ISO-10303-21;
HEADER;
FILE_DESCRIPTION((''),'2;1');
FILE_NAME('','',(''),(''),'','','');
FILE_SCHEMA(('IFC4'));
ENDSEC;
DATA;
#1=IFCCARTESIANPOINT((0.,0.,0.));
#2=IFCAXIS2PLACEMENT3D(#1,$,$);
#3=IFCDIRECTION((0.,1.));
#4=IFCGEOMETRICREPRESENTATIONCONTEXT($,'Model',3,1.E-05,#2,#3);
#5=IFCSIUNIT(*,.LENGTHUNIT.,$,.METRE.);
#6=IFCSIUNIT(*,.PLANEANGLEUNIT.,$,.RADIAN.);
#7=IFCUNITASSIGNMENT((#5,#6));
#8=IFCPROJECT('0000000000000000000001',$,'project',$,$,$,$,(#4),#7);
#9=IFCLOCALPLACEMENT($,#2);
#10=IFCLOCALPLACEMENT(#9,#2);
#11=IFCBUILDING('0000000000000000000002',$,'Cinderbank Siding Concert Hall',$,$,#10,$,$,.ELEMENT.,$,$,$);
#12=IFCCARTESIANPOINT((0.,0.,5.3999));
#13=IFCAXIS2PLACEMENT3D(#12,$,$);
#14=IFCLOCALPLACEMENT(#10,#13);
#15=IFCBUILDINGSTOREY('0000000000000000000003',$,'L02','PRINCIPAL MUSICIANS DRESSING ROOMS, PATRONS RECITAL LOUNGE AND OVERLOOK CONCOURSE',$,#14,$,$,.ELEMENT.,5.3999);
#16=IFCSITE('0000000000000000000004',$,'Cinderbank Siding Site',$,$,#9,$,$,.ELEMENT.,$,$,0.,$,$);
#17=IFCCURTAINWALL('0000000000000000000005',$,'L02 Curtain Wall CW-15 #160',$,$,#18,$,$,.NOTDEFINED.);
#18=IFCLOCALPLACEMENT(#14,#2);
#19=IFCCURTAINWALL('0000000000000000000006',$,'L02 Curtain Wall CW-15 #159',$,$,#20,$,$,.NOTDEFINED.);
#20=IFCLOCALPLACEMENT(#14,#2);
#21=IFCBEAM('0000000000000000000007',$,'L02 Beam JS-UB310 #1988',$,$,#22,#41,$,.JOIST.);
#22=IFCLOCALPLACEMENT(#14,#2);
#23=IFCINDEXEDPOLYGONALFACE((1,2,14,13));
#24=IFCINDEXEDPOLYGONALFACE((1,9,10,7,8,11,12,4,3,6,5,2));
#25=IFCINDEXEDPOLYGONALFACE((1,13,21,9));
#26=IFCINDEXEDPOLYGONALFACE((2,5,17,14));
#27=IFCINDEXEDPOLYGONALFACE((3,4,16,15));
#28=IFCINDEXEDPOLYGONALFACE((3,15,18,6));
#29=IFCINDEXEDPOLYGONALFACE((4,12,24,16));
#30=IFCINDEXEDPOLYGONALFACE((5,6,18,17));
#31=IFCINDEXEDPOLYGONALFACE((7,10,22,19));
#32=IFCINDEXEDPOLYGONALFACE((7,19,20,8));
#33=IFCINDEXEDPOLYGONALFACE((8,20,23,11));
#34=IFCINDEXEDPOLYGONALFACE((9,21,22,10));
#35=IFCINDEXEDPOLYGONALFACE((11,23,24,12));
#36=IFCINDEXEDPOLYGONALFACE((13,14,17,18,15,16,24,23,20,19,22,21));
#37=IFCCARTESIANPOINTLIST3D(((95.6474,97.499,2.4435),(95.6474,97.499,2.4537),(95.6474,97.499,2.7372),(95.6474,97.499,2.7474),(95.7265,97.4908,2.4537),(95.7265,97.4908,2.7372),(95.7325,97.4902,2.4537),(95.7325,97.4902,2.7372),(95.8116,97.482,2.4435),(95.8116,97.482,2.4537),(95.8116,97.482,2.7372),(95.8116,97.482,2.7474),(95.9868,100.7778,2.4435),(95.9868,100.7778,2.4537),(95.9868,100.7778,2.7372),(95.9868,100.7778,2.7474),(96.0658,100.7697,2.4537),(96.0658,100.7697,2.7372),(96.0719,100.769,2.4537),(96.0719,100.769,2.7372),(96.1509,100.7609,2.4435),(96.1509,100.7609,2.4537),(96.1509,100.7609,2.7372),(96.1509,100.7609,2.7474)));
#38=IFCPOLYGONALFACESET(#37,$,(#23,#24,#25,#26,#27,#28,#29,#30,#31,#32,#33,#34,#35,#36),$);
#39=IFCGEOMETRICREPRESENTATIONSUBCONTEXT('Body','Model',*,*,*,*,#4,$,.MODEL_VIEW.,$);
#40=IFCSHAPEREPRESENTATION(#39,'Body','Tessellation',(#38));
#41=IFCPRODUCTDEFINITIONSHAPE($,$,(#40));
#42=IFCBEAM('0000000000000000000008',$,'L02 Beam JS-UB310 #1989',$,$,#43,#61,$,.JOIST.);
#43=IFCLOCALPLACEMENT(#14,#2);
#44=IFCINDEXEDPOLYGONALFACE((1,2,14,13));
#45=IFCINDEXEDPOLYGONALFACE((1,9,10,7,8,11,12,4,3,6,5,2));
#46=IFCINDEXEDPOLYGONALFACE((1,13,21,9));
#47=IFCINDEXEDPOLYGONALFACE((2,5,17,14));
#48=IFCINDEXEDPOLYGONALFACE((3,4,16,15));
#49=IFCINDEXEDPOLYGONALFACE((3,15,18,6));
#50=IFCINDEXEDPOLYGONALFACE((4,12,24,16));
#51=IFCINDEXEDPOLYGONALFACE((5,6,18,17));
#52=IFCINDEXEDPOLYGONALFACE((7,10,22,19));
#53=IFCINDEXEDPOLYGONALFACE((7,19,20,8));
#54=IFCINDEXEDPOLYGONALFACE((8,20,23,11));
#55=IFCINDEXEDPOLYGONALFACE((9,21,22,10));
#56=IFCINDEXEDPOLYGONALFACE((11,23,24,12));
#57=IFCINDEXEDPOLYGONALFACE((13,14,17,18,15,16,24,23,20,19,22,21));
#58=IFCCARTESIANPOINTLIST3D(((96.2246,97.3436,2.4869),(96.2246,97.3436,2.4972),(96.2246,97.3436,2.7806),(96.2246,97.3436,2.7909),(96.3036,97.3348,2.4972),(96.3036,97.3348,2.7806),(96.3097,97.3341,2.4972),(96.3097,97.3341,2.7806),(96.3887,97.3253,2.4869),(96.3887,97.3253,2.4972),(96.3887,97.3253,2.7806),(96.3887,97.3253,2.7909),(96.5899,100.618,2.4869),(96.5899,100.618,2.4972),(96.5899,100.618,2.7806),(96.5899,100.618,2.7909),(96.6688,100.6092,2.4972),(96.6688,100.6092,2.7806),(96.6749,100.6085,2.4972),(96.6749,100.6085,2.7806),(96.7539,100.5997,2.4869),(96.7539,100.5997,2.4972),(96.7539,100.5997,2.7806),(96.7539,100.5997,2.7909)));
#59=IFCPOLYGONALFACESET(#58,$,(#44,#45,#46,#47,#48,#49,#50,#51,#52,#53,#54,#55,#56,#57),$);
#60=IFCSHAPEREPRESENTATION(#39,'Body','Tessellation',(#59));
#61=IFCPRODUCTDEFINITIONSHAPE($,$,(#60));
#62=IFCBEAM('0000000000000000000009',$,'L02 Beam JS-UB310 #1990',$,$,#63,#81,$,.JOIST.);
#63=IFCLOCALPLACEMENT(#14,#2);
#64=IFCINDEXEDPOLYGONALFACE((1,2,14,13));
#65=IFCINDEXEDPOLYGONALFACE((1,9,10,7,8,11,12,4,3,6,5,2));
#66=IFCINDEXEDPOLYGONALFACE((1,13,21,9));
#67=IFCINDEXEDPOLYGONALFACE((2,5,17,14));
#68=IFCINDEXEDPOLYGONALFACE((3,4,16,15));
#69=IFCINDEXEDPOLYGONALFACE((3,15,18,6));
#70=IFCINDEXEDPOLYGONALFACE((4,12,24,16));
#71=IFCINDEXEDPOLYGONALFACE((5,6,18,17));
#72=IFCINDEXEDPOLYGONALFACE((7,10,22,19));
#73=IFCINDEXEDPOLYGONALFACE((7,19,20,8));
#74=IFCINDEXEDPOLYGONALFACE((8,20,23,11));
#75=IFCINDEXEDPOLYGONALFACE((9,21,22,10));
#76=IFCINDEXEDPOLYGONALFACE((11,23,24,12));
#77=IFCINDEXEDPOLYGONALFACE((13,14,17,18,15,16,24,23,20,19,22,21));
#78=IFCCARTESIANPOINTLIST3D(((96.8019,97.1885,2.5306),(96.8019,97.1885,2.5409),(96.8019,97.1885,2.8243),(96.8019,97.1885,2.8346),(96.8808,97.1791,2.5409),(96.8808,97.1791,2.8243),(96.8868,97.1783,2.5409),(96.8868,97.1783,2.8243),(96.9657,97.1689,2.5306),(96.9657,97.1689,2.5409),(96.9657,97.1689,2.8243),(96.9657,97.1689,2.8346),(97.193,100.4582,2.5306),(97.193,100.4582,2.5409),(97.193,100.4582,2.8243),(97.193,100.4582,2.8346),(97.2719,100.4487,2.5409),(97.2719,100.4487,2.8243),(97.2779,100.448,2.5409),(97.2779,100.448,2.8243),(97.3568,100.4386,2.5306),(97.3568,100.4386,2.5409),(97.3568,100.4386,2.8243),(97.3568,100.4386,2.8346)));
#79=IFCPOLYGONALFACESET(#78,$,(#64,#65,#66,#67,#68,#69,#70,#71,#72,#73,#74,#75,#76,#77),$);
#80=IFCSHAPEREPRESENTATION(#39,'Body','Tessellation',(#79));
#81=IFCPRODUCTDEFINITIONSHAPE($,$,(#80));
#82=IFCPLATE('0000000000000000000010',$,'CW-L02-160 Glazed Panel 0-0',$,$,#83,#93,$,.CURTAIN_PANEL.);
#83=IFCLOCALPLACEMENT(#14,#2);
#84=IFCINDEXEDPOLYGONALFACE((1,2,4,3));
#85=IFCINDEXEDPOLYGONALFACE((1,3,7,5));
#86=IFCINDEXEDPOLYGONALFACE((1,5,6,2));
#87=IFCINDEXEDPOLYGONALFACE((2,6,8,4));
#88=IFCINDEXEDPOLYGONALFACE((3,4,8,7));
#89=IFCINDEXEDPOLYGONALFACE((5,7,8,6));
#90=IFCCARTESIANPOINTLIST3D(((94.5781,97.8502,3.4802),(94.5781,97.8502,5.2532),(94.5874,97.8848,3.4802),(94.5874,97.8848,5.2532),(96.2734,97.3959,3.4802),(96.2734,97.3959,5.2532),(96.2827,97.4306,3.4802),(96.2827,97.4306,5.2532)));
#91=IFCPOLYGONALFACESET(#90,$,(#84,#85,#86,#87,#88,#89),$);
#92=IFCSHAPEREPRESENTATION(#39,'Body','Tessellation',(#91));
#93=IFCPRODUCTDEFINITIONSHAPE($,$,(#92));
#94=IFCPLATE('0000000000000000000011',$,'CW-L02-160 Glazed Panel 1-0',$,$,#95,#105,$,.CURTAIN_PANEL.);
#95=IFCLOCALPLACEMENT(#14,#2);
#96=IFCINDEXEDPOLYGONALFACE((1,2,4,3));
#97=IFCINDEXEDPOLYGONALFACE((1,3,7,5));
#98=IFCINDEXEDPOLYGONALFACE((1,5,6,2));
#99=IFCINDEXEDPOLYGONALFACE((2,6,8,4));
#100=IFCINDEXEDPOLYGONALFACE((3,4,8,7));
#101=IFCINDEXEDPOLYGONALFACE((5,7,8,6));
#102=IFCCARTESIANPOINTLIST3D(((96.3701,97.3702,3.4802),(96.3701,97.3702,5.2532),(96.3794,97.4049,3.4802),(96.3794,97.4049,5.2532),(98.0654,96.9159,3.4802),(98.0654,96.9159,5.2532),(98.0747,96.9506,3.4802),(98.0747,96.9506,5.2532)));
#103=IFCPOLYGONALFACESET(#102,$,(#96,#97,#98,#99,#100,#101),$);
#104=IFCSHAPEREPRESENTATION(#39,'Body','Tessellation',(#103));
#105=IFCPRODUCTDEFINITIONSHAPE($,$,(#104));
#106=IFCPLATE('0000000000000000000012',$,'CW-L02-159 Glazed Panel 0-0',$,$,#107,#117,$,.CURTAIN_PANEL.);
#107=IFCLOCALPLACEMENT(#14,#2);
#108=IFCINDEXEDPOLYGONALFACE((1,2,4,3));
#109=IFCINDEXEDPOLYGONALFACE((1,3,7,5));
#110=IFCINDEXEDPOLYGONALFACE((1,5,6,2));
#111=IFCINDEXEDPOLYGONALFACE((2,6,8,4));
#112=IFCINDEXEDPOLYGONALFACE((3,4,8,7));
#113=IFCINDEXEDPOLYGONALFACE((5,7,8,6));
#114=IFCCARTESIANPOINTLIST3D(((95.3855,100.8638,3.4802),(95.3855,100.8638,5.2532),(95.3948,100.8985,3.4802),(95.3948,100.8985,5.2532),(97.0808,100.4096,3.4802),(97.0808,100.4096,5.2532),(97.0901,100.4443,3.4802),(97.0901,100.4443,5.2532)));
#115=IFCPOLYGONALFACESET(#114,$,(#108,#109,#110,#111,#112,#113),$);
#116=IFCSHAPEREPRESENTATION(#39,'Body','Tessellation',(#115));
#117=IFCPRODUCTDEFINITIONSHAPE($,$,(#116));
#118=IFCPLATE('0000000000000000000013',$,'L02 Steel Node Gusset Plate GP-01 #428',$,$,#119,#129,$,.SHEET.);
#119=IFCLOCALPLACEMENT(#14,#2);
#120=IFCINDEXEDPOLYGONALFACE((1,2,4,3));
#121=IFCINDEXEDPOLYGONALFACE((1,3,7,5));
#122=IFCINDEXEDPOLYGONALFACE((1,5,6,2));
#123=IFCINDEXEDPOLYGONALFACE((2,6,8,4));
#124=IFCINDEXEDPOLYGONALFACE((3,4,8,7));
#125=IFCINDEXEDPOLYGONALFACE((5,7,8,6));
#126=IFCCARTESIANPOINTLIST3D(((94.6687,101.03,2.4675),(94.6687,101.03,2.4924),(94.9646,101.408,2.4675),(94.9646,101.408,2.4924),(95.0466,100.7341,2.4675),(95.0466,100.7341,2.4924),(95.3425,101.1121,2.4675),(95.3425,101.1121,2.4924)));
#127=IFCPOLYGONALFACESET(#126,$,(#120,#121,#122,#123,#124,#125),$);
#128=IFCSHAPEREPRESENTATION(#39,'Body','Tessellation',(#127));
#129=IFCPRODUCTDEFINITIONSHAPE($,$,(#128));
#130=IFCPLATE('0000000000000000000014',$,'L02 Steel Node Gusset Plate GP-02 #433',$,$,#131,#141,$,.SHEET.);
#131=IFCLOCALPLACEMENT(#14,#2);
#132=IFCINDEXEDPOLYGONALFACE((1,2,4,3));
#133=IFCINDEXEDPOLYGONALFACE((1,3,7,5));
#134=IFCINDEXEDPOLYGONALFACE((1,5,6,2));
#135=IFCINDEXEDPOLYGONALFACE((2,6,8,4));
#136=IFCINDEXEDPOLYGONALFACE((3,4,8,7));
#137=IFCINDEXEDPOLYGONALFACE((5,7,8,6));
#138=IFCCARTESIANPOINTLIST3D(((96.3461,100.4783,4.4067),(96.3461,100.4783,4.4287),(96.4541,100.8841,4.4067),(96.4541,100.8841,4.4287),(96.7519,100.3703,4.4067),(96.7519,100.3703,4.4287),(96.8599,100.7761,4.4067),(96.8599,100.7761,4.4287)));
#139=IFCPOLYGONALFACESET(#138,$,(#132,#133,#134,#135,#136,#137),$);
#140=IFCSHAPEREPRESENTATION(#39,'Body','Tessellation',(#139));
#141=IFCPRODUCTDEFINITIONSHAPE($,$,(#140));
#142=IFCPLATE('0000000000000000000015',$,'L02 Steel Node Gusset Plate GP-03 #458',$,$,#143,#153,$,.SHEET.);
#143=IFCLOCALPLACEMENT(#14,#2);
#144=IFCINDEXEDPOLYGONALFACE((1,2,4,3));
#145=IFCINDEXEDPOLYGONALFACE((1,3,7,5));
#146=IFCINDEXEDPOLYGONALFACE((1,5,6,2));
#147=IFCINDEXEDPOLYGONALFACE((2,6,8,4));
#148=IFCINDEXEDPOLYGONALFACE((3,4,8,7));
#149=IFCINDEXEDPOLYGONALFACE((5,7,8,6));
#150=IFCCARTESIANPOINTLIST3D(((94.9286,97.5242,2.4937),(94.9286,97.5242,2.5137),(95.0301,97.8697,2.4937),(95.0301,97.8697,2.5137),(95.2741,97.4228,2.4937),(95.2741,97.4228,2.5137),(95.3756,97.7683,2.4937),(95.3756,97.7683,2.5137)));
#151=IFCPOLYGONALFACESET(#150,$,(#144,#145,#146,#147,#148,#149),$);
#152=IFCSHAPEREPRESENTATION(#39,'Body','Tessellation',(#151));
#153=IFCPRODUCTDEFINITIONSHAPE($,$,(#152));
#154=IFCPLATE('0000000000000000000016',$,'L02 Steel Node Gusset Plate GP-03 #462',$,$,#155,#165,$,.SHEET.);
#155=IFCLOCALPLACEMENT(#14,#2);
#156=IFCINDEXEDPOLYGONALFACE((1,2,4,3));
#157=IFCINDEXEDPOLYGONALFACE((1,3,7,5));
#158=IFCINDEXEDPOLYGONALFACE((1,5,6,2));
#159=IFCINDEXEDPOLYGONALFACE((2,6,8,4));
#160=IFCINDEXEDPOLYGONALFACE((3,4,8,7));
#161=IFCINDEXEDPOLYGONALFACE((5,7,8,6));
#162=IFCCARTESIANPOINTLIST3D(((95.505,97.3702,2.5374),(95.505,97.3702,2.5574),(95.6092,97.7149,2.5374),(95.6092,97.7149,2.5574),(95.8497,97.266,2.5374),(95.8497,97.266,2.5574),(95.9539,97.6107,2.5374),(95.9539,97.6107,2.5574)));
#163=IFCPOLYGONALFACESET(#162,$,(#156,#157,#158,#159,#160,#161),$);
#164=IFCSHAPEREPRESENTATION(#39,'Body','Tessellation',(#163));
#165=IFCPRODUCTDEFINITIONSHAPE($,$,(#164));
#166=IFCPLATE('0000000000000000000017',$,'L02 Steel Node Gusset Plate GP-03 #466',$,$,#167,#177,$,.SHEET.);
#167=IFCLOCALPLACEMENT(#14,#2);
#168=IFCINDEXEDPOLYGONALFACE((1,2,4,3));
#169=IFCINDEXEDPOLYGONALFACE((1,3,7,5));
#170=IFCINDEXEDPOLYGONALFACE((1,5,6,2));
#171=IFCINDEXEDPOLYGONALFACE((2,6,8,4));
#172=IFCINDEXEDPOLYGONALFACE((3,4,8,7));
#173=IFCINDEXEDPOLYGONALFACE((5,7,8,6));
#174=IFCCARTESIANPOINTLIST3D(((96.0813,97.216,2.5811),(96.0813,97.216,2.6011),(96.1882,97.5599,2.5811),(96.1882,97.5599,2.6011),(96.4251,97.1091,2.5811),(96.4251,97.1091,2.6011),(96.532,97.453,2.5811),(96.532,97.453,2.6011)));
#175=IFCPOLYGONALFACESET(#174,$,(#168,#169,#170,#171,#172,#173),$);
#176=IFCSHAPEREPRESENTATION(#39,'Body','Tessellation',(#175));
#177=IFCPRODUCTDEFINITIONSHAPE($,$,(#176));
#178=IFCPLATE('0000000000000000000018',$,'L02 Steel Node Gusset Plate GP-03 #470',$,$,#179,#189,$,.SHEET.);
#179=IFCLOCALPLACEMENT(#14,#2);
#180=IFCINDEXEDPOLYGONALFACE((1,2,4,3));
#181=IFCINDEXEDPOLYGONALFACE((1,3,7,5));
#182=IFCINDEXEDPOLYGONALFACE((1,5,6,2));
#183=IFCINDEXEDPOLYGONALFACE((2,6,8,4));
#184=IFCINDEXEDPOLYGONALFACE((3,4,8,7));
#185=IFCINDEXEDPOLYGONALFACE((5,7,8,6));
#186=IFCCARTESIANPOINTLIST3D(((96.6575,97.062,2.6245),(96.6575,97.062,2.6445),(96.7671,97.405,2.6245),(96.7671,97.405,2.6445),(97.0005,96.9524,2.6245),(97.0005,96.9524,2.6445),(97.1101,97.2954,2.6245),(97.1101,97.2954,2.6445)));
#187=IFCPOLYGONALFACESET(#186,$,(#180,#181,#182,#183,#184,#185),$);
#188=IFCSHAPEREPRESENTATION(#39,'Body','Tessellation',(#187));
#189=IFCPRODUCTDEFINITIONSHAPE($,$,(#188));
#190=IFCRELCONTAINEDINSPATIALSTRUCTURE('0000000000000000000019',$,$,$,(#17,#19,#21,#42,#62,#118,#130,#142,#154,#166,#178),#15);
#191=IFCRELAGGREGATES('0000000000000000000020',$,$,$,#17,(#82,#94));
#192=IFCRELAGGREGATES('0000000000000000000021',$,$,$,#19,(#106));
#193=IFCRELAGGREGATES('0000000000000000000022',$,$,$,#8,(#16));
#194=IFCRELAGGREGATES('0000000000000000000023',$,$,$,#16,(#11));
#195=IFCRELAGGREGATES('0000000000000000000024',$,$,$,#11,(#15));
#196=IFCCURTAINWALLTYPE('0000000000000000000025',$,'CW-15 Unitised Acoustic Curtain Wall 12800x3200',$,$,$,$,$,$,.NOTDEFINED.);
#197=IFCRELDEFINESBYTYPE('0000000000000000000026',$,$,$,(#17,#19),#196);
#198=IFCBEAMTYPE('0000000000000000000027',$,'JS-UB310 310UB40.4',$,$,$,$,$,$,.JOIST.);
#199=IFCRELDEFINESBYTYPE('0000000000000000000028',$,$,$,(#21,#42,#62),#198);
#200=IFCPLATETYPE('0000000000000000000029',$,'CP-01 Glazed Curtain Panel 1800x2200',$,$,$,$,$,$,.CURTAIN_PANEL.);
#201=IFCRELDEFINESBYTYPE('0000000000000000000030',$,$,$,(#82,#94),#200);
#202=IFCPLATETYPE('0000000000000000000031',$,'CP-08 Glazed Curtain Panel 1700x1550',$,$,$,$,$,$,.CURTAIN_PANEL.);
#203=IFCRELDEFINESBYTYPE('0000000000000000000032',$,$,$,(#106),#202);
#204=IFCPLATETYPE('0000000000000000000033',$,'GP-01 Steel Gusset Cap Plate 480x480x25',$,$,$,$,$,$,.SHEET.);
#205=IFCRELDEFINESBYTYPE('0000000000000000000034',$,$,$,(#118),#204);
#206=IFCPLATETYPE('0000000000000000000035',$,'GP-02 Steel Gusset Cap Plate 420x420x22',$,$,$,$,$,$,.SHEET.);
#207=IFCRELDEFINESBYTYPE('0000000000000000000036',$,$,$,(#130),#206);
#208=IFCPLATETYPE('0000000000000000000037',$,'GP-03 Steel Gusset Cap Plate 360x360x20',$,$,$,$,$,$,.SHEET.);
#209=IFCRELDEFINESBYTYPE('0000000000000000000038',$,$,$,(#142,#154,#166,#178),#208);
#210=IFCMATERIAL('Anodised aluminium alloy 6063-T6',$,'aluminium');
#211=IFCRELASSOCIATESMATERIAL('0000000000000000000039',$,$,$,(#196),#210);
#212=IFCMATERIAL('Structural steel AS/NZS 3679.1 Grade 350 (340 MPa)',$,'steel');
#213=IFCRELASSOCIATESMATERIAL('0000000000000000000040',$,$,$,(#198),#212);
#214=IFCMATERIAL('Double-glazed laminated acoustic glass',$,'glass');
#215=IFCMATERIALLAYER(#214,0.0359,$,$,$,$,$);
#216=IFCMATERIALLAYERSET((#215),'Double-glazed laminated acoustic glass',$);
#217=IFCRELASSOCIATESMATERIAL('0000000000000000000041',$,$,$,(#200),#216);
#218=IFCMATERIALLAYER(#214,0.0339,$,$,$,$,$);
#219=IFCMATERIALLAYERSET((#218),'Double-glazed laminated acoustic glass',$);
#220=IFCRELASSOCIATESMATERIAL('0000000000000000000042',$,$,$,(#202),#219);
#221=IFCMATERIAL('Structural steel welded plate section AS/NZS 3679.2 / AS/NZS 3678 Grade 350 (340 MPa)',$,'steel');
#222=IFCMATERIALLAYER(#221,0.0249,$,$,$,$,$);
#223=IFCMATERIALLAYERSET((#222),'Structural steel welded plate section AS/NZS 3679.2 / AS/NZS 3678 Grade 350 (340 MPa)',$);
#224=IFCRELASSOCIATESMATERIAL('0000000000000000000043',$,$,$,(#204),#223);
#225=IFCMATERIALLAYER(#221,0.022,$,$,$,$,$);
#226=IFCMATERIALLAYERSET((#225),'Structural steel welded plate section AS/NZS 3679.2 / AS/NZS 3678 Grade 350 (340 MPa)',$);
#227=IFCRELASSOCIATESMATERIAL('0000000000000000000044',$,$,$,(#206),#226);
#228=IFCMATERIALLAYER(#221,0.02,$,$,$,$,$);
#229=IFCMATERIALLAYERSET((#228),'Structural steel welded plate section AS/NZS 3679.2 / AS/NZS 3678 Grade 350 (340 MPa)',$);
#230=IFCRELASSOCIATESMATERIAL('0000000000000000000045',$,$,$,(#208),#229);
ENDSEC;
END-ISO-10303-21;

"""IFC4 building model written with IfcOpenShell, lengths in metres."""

from ifc_helpers import new_model, si_unit, direction, frame, origin, origin_2d, place, context, subcontext, project, spatial, rectangle, i_section, extrude, material, layer, layer_set, material_profile, profile_set, type_object, element, aggregate, save


model = new_model("IFC4")

# Units and contexts
model_context = context("Model", 3, precision=1e-05, world=origin(), true_north=direction((0.0, 1.0)))
body_context = subcontext(model_context, "Body", "Model", "MODEL_VIEW")
ifc_project = project(units=[si_unit("LENGTHUNIT", "METRE"), si_unit("PLANEANGLEUNIT", "RADIAN")], contexts=[model_context])

# Site, building, storey
site_placement = place(None, origin())
site = spatial("IfcSite", under=ifc_project, at=site_placement, Name="Cinderbank Siding Site", CompositionType="ELEMENT", RefElevation=0.0)
building_placement = place(site_placement, origin())
building = spatial("IfcBuilding", under=site, at=building_placement, Name="Cinderbank Siding Concert Hall", CompositionType="ELEMENT")
storey_placement = place(building_placement, frame((0.0, 0.0, 5.3999)))
storey = spatial("IfcBuildingStorey", under=building, at=storey_placement, Name="L02", Description="PRINCIPAL MUSICIANS DRESSING ROOMS, PATRONS RECITAL LOUNGE AND OVERLOOK CONCOURSE", CompositionType="ELEMENT", Elevation=5.3999)

# Shared definitions
ifc_material_1 = material(Name="Structural steel welded plate section AS/NZS 3679.2 / AS/NZS 3678 Grade 350 (340 MPa)", Category="steel")

# Curtain wall
ifc_material_2 = material(Name="Anodised aluminium alloy 6063-T6", Category="aluminium")
curtain_wall_type = type_object("IfcCurtainWallType", Name="CW-15 Unitised Acoustic Curtain Wall 12800x3200", PredefinedType="NOTDEFINED", material=ifc_material_2)
curtain_wall_1_placement = place(storey_placement, origin())
curtain_wall_1 = element("IfcCurtainWall", 1, at=curtain_wall_1_placement, inside=storey, type_object=curtain_wall_type, Name="L02 Curtain Wall CW-15 #160", PredefinedType="NOTDEFINED")

# Curtain wall
curtain_wall_2_placement = place(storey_placement, origin())
curtain_wall_2 = element("IfcCurtainWall", 2, at=curtain_wall_2_placement, inside=storey, type_object=curtain_wall_type, Name="L02 Curtain Wall CW-15 #159", PredefinedType="NOTDEFINED")

# Beams
ifc_material_3 = material(Name="Structural steel AS/NZS 3679.1 Grade 350 (340 MPa)", Category="steel")
ifc_material_profile_1 = material_profile(ifc_material_3, i_section(OverallWidth=0.165, OverallDepth=0.304, WebThickness=0.0061, FlangeThickness=0.0103, at=origin_2d()), Name="310UB40.4", Category="LoadBearing")
ifc_profile_set_1 = profile_set([ifc_material_profile_1], Name="Structural steel AS/NZS 3679.1 Grade 350 (340 MPa)")
beam_type_1 = type_object("IfcBeamType", Name="JS-UB310 310UB40.4", PredefinedType="JOIST", material=ifc_profile_set_1)
beam_1_placement = place(storey_placement, frame((95.7295, 97.4905, 2.5955), z_axis=(0.10295, 0.994687, 0.0), x_axis=(-0.994687, 0.10295, 0.0)))
element("IfcBeam", 3, at=beam_1_placement, inside=storey, type_object=beam_type_1, Name="L02 Beam JS-UB310 #1988", PredefinedType="JOIST", context=body_context, shape_type="SweptSolid", body=[
    extrude(i_section(OverallWidth=0.165, OverallDepth=0.304, WebThickness=0.0061, FlangeThickness=0.0103, at=origin_2d()), origin(), (0.0, 0.0, 1.0), 3.2964),
])
beam_2_placement = place(storey_placement, frame((96.3066, 97.3345, 2.6389), z_axis=(0.110854, 0.993837, 0.0), x_axis=(-0.993837, 0.110854, 0.0)))
element("IfcBeam", 4, at=beam_2_placement, inside=storey, type_object=beam_type_1, Name="L02 Beam JS-UB310 #1989", PredefinedType="JOIST", context=body_context, shape_type="SweptSolid", body=[
    extrude(i_section(OverallWidth=0.165, OverallDepth=0.304, WebThickness=0.0061, FlangeThickness=0.0103, at=origin_2d()), origin(), (0.0, 0.0, 1.0), 3.2947),
])
beam_3_placement = place(storey_placement, frame((96.8838, 97.1787, 2.6826), z_axis=(0.118768, 0.992922, 0.0), x_axis=(-0.992922, 0.118768, 0.0)))
element("IfcBeam", 5, at=beam_3_placement, inside=storey, type_object=beam_type_1, Name="L02 Beam JS-UB310 #1990", PredefinedType="JOIST", context=body_context, shape_type="SweptSolid", body=[
    extrude(i_section(OverallWidth=0.165, OverallDepth=0.304, WebThickness=0.0061, FlangeThickness=0.0103, at=origin_2d()), origin(), (0.0, 0.0, 1.0), 3.293),
])

# Plates
ifc_material_4 = material(Name="Double-glazed laminated acoustic glass", Category="glass")
ifc_layer_1 = layer(ifc_material_4, 0.0359)
ifc_layer_set_1 = layer_set([ifc_layer_1], Name="Double-glazed laminated acoustic glass")
plate_type_1 = type_object("IfcPlateType", Name="CP-01 Glazed Curtain Panel 1800x2200", PredefinedType="CURTAIN_PANEL", material=ifc_layer_set_1)
plate_1_placement = place(storey_placement, frame((95.4304, 97.6404, 3.4802), z_axis=(0.0, 0.0, 1.0), x_axis=(0.965926, -0.258818, 0.0)))
plate_1 = element("IfcPlate", 6, at=plate_1_placement, type_object=plate_type_1, Name="CW-L02-160 Glazed Panel 0-0", PredefinedType="CURTAIN_PANEL", context=body_context, shape_type="SweptSolid", body=[
    extrude(rectangle(XDim=1.7551, YDim=0.0359, at=origin_2d()), origin(), (0.0, 0.0, 1.0), 1.7729),
])
plate_2_placement = place(storey_placement, frame((97.2224, 97.1604, 3.4802), z_axis=(0.0, 0.0, 1.0), x_axis=(0.965926, -0.258818, 0.0)))
plate_2 = element("IfcPlate", 7, at=plate_2_placement, type_object=plate_type_1, Name="CW-L02-160 Glazed Panel 1-0", PredefinedType="CURTAIN_PANEL", context=body_context, shape_type="SweptSolid", body=[
    extrude(rectangle(XDim=1.7551, YDim=0.0359, at=origin_2d()), origin(), (0.0, 0.0, 1.0), 1.7729),
])
aggregate(curtain_wall_1, [plate_1, plate_2])
ifc_layer_2 = layer(ifc_material_4, 0.0339)
ifc_layer_set_2 = layer_set([ifc_layer_2], Name="Double-glazed laminated acoustic glass")
plate_type_2 = type_object("IfcPlateType", Name="CP-08 Glazed Curtain Panel 1700x1550", PredefinedType="CURTAIN_PANEL", material=ifc_layer_set_2)
plate_3_placement = place(storey_placement, frame((96.2378, 100.6541, 3.4802), z_axis=(0.0, 0.0, 1.0), x_axis=(0.965926, -0.258818, 0.0)))
plate_3 = element("IfcPlate", 8, at=plate_3_placement, type_object=plate_type_2, Name="CW-L02-159 Glazed Panel 0-0", PredefinedType="CURTAIN_PANEL", context=body_context, shape_type="SweptSolid", body=[
    extrude(rectangle(XDim=1.7551, YDim=0.0359, at=origin_2d()), origin(), (0.0, 0.0, 1.0), 1.7729),
])
aggregate(curtain_wall_2, [plate_3])

# Plates
ifc_layer_3 = layer(ifc_material_1, 0.0249)
ifc_layer_set_3 = layer_set([ifc_layer_3], Name="Structural steel welded plate section AS/NZS 3679.2 / AS/NZS 3678 Grade 350 (340 MPa)")
plate_type_3 = type_object("IfcPlateType", Name="GP-01 Steel Gusset Cap Plate 480x480x25", PredefinedType="SHEET", material=ifc_layer_set_3)
plate_4_placement = place(storey_placement, frame((95.0056, 101.071, 2.4675), z_axis=(0.0, 0.0, 1.0), x_axis=(0.616486, 0.787366, 0.0)))
element("IfcPlate", 9, at=plate_4_placement, inside=storey, type_object=plate_type_3, Name="L02 Steel Node Gusset Plate GP-01 #428", PredefinedType="SHEET", context=body_context, shape_type="SweptSolid", body=[
    extrude(rectangle(XDim=0.48, YDim=0.48, at=origin_2d()), origin(), (0.0, 0.0, 1.0), 0.0249),
])
ifc_layer_4 = layer(ifc_material_1, 0.022)
ifc_layer_set_4 = layer_set([ifc_layer_4], Name="Structural steel welded plate section AS/NZS 3679.2 / AS/NZS 3678 Grade 350 (340 MPa)")
plate_type_4 = type_object("IfcPlateType", Name="GP-02 Steel Gusset Cap Plate 420x420x22", PredefinedType="SHEET", material=ifc_layer_set_4)
plate_5_placement = place(storey_placement, frame((96.603, 100.6272, 4.4067), z_axis=(0.0, 0.0, 1.0), x_axis=(0.966376, -0.257133, 0.0)))
element("IfcPlate", 10, at=plate_5_placement, inside=storey, type_object=plate_type_4, Name="L02 Steel Node Gusset Plate GP-02 #433", PredefinedType="SHEET", context=body_context, shape_type="SweptSolid", body=[
    extrude(rectangle(XDim=0.4199, YDim=0.4199, at=origin_2d()), origin(), (0.0, 0.0, 1.0), 0.022),
])
ifc_layer_5 = layer(ifc_material_1, 0.02)
ifc_layer_set_5 = layer_set([ifc_layer_5], Name="Structural steel welded plate section AS/NZS 3679.2 / AS/NZS 3678 Grade 350 (340 MPa)")
plate_type_5 = type_object("IfcPlateType", Name="GP-03 Steel Gusset Cap Plate 360x360x20", PredefinedType="SHEET", material=ifc_layer_set_5)
for number, where, z_axis, x_axis, name in (
    (11, (95.1521, 97.6462, 2.4937), (0.0, 0.0, 1.0), (0.281672, 0.959511, 0.0), "L02 Steel Node Gusset Plate GP-03 #458"),
    (12, (95.7295, 97.4905, 2.5374), (0.0, 0.0, 1.0), (0.289366, 0.957219, 0.0), "L02 Steel Node Gusset Plate GP-03 #462"),
    (13, (96.3066, 97.3345, 2.5811), (0.0, 0.0, 1.0), (0.296875, 0.954916, 0.0), "L02 Steel Node Gusset Plate GP-03 #466"),
    (14, (96.8838, 97.1787, 2.6245), (0.0, 0.0, 1.0), (0.304532, 0.952502, 0.0), "L02 Steel Node Gusset Plate GP-03 #470"),
):
    element("IfcPlate", number, at=place(storey_placement, frame(where, z_axis=z_axis, x_axis=x_axis)), inside=storey, type_object=plate_type_5, Name=name, PredefinedType="SHEET", context=body_context, shape_type="SweptSolid", body=[
        extrude(rectangle(XDim=0.3601, YDim=0.3601, at=origin_2d()), origin(), (0.0, 0.0, 1.0), 0.02),
    ])

save(model, "model.ifc")
